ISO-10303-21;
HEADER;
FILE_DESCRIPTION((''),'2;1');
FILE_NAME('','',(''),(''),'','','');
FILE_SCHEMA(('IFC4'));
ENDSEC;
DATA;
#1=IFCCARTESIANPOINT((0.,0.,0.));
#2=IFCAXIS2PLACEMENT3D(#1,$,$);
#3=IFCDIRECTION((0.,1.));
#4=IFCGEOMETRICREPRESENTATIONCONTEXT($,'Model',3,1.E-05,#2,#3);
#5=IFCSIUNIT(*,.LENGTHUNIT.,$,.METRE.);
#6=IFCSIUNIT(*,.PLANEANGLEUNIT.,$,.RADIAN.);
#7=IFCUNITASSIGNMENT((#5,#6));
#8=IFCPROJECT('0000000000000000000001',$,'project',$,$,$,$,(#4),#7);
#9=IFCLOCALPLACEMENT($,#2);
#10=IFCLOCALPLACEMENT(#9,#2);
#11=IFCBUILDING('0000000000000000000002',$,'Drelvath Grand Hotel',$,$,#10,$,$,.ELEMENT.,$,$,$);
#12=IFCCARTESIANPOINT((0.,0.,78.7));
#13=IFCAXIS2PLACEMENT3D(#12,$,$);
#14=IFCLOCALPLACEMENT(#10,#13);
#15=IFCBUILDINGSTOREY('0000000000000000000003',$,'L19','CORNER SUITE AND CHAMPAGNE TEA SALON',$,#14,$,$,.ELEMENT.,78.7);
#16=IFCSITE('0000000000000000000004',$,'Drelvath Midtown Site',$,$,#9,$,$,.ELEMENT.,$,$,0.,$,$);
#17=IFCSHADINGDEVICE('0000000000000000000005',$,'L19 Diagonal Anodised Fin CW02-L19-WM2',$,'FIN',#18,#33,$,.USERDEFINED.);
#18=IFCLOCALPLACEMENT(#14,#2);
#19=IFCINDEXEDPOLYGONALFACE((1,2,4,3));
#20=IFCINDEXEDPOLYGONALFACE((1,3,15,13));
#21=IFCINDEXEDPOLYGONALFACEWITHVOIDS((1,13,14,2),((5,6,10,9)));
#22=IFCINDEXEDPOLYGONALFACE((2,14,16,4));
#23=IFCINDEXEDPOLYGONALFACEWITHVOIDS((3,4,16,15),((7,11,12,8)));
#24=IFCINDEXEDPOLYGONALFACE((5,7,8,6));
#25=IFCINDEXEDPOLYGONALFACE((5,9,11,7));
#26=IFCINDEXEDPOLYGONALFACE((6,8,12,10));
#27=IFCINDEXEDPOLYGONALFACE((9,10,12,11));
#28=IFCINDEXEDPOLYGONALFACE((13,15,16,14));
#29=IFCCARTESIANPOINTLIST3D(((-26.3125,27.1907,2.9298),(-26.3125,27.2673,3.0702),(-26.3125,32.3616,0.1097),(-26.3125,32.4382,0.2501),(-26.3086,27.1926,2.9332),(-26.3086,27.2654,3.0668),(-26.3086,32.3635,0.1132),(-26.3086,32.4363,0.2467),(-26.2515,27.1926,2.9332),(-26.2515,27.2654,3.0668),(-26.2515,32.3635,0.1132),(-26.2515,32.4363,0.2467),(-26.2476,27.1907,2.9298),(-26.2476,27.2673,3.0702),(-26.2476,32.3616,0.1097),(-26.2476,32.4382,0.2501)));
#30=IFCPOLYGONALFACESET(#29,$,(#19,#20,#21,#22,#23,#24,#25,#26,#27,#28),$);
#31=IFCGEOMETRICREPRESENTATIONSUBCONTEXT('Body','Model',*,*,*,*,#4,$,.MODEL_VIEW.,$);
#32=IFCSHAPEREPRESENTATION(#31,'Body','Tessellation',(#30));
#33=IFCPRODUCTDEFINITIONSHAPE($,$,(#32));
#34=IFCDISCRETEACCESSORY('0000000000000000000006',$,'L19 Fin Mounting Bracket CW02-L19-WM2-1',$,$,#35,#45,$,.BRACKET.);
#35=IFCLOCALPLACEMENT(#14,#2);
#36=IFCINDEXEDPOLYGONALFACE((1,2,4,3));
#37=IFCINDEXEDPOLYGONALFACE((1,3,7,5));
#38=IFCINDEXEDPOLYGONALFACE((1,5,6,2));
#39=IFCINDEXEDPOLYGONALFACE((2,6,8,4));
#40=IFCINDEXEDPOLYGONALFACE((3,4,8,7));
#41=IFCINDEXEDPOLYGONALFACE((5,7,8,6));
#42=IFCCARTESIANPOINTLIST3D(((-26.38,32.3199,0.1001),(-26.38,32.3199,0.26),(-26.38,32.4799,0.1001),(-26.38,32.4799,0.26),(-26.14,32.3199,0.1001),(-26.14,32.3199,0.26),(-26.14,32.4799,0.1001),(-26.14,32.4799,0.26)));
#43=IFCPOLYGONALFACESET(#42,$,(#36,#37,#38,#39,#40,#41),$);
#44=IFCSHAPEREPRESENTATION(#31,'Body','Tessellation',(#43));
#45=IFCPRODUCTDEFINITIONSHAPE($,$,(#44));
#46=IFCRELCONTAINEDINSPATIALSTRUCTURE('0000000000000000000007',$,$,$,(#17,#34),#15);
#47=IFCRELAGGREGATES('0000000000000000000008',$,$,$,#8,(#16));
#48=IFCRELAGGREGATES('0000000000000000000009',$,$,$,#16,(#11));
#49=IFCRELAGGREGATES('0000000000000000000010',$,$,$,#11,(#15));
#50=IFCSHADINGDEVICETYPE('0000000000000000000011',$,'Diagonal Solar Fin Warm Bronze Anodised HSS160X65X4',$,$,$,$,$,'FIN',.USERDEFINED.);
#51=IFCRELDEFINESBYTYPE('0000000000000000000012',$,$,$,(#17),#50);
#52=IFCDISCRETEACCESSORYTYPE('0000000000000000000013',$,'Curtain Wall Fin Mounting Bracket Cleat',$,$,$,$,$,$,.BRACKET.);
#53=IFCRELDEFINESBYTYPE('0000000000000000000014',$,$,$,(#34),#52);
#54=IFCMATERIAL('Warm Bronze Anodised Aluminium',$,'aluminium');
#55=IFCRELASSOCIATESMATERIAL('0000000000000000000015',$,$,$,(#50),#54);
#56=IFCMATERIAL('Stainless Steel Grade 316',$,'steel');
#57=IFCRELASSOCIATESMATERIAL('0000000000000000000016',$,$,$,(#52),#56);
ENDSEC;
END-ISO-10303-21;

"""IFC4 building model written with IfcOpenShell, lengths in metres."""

from ifc_helpers import new_model, si_unit, direction, frame, origin, origin_2d, place, context, subcontext, project, spatial, rectangle, hollow_rectangle, extrude, material, material_profile, profile_set, type_object, element, save


model = new_model("IFC4")

# Units and contexts
model_context = context("Model", 3, precision=1e-05, world=origin(), true_north=direction((0.0, 1.0)))
body_context = subcontext(model_context, "Body", "Model", "MODEL_VIEW")
ifc_project = project(units=[si_unit("LENGTHUNIT", "METRE"), si_unit("PLANEANGLEUNIT", "RADIAN")], contexts=[model_context])

# Site, building, storey
site_placement = place(None, origin())
site = spatial("IfcSite", under=ifc_project, at=site_placement, Name="Drelvath Midtown Site", CompositionType="ELEMENT", RefElevation=0.0)
building_placement = place(site_placement, origin())
building = spatial("IfcBuilding", under=site, at=building_placement, Name="Drelvath Grand Hotel", CompositionType="ELEMENT")
storey_placement = place(building_placement, frame((0.0, 0.0, 78.7)))
storey = spatial("IfcBuildingStorey", under=building, at=storey_placement, Name="L19", Description="CORNER SUITE AND CHAMPAGNE TEA SALON", CompositionType="ELEMENT", Elevation=78.7)

# Shading device
ifc_material_1 = material(Name="Warm Bronze Anodised Aluminium", Category="aluminium")
ifc_material_profile_1 = material_profile(ifc_material_1, hollow_rectangle(XDim=0.0649, YDim=0.1599, WallThickness=0.0039, at=origin_2d()), Name="HSS160X65X4")
ifc_profile_set_1 = profile_set([ifc_material_profile_1], Name="Warm Bronze Anodised Aluminium")
shading_device_type = type_object("IfcShadingDeviceType", Name="Diagonal Solar Fin Warm Bronze Anodised HSS160X65X4", ElementType="FIN", PredefinedType="USERDEFINED", material=ifc_profile_set_1)
shading_device_placement = place(storey_placement, frame((-26.28, 32.3999, 0.1799), z_axis=(0.0, -0.877926, 0.478797), x_axis=(1.0, 0.0, 0.0)))
element("IfcShadingDevice", 1, at=shading_device_placement, inside=storey, type_object=shading_device_type, Name="L19 Diagonal Anodised Fin CW02-L19-WM2", ObjectType="FIN", PredefinedType="USERDEFINED", context=body_context, shape_type="SweptSolid", body=[
    extrude(hollow_rectangle(XDim=0.0649, YDim=0.1599, WallThickness=0.0039, at=origin_2d()), origin(), (0.0, 0.0, 1.0), 5.8899),
])

# Discrete accessory
ifc_material_2 = material(Name="Stainless Steel Grade 316", Category="steel")
discrete_accessory_type = type_object("IfcDiscreteAccessoryType", Name="Curtain Wall Fin Mounting Bracket Cleat", PredefinedType="BRACKET", material=ifc_material_2)
discrete_accessory_placement = place(storey_placement, frame((-26.26, 32.3999, 0.1001), z_axis=(0.0, 0.0, 1.0), x_axis=(0.0, 1.0, 0.0)))
element("IfcDiscreteAccessory", 2, at=discrete_accessory_placement, inside=storey, type_object=discrete_accessory_type, Name="L19 Fin Mounting Bracket CW02-L19-WM2-1", PredefinedType="BRACKET", context=body_context, shape_type="SweptSolid", body=[
    extrude(rectangle(XDim=0.1599, YDim=0.24, at=origin_2d()), origin(), (0.0, 0.0, 1.0), 0.1599),
])

save(model, "model.ifc")
